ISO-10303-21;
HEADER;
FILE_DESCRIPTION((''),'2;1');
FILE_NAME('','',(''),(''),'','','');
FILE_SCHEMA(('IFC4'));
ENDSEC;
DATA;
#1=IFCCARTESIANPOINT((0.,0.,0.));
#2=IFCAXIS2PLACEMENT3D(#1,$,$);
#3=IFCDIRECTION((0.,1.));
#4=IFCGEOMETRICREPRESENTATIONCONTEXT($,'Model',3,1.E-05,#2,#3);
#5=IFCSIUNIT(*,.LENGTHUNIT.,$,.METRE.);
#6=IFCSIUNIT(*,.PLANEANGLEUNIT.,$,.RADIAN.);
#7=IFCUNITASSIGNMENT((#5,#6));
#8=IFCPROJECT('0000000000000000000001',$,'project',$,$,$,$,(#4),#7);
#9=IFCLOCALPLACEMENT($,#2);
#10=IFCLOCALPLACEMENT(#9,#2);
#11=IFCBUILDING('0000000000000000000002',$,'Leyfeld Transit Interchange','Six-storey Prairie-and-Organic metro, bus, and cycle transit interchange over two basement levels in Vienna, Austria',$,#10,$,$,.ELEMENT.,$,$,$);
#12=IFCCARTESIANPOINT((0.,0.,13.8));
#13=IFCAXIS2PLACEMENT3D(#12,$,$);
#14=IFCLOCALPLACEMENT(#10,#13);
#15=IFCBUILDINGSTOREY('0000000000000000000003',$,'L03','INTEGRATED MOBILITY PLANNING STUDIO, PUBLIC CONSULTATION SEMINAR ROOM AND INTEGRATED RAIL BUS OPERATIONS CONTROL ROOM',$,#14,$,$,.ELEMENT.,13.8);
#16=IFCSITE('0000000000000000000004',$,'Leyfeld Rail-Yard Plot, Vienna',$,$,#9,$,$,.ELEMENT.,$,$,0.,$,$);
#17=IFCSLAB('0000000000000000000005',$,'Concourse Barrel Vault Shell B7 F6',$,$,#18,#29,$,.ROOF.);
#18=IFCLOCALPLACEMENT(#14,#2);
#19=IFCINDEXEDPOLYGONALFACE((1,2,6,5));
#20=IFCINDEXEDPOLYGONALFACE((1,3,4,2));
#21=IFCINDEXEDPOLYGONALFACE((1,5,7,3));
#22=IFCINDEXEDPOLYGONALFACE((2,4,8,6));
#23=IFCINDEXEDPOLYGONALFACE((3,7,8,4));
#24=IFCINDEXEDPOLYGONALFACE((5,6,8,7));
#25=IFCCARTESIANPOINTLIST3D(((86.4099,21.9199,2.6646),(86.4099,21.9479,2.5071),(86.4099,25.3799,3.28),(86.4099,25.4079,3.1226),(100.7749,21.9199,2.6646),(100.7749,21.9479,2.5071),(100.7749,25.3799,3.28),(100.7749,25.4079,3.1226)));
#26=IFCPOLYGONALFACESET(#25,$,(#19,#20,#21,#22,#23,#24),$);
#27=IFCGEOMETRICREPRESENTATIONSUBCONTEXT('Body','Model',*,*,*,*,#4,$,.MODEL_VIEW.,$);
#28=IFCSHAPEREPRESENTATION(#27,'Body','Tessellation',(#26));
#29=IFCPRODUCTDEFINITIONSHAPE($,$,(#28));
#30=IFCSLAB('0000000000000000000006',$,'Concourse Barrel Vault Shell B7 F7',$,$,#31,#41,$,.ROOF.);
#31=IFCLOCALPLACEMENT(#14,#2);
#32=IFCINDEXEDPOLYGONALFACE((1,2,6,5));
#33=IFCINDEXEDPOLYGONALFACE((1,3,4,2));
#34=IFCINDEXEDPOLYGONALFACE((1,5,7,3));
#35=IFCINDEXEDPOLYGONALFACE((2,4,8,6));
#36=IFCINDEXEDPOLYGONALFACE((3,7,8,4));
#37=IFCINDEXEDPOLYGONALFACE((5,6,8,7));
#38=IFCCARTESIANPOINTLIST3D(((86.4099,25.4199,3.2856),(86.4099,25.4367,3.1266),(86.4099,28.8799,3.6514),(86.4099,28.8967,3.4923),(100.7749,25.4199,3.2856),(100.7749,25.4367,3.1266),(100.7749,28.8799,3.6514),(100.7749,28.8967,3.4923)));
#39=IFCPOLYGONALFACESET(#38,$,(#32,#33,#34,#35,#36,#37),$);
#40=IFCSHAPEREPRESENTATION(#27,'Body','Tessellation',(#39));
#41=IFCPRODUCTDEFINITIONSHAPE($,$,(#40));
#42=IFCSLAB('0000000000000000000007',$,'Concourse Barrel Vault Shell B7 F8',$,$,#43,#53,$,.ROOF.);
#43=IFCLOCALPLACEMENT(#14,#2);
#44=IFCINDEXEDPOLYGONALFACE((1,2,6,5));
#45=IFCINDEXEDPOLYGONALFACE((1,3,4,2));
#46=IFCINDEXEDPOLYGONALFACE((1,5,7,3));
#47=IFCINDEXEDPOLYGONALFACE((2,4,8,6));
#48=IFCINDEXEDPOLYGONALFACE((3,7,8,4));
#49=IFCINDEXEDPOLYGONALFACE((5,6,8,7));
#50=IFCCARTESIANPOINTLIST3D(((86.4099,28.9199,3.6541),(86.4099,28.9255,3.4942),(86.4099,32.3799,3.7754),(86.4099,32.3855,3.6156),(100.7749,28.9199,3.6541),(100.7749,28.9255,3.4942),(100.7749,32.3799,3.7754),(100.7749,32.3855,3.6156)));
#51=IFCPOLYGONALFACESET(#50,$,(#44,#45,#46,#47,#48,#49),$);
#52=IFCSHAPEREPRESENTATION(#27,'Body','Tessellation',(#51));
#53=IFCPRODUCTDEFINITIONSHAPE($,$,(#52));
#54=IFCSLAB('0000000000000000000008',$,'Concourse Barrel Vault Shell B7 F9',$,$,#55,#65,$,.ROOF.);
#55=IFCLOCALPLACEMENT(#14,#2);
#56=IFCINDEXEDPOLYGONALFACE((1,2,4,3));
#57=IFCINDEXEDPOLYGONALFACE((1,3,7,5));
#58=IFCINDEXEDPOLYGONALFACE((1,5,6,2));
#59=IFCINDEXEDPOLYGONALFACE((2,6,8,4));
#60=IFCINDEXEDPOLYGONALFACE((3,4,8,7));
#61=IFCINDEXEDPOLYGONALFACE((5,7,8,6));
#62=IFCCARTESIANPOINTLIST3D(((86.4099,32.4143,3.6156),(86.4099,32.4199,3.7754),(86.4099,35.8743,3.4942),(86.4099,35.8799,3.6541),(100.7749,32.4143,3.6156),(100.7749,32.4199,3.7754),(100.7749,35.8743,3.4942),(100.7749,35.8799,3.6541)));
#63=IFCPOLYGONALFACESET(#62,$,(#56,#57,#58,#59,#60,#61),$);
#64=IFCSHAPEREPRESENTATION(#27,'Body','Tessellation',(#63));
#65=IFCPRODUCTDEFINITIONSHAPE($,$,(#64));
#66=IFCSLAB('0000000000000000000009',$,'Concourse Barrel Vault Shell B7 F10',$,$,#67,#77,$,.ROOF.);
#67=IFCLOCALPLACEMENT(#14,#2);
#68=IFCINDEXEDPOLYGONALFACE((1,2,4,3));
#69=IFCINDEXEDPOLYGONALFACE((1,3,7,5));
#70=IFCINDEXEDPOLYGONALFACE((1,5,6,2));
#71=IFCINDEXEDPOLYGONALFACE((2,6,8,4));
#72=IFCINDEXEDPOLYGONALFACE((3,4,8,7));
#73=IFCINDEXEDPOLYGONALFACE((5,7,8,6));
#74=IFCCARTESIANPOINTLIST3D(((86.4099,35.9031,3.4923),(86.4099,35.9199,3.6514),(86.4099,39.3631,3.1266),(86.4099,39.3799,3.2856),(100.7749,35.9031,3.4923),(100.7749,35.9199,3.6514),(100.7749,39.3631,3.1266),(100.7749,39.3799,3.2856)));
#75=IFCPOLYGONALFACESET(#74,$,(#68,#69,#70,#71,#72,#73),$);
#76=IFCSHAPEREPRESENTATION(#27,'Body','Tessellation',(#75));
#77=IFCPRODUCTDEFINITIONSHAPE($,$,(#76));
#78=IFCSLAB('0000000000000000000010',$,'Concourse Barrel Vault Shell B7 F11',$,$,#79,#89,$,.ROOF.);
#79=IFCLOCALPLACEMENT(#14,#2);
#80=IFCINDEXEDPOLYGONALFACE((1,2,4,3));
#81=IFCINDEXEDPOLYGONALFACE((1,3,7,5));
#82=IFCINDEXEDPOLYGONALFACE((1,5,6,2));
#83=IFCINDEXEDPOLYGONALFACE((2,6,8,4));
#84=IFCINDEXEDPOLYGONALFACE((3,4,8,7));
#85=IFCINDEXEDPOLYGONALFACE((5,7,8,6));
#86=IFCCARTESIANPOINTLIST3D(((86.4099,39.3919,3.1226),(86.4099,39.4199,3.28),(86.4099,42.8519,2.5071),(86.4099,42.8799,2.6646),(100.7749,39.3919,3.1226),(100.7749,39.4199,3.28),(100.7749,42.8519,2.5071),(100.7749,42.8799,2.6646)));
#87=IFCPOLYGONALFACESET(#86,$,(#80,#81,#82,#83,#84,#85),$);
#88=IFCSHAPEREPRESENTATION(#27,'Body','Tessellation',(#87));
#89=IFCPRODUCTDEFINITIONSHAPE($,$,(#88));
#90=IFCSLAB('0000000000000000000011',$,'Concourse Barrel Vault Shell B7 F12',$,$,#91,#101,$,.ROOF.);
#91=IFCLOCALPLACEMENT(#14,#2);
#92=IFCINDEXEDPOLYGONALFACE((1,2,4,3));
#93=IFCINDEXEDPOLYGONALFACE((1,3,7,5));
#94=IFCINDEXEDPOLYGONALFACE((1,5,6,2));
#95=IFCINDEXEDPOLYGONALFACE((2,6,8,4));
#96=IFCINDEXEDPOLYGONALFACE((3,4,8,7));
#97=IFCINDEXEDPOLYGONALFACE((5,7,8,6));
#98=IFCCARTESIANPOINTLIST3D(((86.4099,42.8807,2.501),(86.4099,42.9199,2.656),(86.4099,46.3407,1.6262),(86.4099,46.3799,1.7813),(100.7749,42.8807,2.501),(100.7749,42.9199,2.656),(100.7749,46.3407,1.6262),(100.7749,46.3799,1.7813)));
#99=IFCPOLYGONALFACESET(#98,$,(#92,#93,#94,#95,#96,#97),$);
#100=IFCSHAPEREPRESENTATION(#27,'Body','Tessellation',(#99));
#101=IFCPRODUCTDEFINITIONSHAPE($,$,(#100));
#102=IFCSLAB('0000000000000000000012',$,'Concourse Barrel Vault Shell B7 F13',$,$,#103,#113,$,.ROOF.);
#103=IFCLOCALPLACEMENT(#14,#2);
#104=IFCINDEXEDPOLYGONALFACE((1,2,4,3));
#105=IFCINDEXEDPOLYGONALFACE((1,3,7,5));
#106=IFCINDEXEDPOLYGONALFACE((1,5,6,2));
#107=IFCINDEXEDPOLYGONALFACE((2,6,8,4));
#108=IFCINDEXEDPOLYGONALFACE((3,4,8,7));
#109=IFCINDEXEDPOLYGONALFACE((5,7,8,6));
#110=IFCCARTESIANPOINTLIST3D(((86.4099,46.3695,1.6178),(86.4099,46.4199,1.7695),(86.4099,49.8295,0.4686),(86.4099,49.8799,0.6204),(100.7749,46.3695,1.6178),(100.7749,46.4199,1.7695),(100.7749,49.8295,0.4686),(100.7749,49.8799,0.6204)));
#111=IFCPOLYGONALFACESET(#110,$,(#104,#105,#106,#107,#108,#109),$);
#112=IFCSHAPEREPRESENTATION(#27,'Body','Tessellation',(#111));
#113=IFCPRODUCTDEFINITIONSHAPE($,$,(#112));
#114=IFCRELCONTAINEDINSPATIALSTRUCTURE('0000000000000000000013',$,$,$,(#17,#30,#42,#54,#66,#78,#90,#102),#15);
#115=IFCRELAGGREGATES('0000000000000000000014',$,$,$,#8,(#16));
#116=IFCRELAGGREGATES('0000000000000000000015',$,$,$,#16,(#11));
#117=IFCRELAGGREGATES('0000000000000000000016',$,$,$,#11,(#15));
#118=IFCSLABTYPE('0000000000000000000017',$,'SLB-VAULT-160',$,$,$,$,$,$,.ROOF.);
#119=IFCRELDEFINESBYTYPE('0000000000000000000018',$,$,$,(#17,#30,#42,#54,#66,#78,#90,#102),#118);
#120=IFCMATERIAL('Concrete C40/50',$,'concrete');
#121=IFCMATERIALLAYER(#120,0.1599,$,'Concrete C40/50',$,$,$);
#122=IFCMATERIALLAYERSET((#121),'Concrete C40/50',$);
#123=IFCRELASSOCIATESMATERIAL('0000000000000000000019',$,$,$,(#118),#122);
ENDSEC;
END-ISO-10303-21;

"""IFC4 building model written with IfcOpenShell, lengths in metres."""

from ifc_helpers import new_model, si_unit, direction, frame, origin, place, context, subcontext, project, spatial, polyline, outline, extrude, material, layer, layer_set, type_object, element, save


model = new_model("IFC4")

# Units and contexts
model_context = context("Model", 3, precision=1e-05, world=origin(), true_north=direction((0.0, 1.0)))
body_context = subcontext(model_context, "Body", "Model", "MODEL_VIEW")
ifc_project = project(units=[si_unit("LENGTHUNIT", "METRE"), si_unit("PLANEANGLEUNIT", "RADIAN")], contexts=[model_context])

# Site, building, storey
site_placement = place(None, origin())
site = spatial("IfcSite", under=ifc_project, at=site_placement, Name="Leyfeld Rail-Yard Plot, Vienna", CompositionType="ELEMENT", RefElevation=0.0)
building_placement = place(site_placement, origin())
building = spatial("IfcBuilding", under=site, at=building_placement, Name="Leyfeld Transit Interchange", Description="Six-storey Prairie-and-Organic metro, bus, and cycle transit interchange over two basement levels in Vienna, Austria", CompositionType="ELEMENT")
storey_placement = place(building_placement, frame((0.0, 0.0, 13.8)))
storey = spatial("IfcBuildingStorey", under=building, at=storey_placement, Name="L03", Description="INTEGRATED MOBILITY PLANNING STUDIO, PUBLIC CONSULTATION SEMINAR ROOM AND INTEGRATED RAIL BUS OPERATIONS CONTROL ROOM", CompositionType="ELEMENT", Elevation=13.8)

# Slabs
ifc_material_1 = material(Name="Concrete C40/50", Category="concrete")
ifc_layer_1 = layer(ifc_material_1, 0.1599, Name="Concrete C40/50")
ifc_layer_set_1 = layer_set([ifc_layer_1], Name="Concrete C40/50")
slab_type = type_object("IfcSlabType", Name="SLB-VAULT-160", PredefinedType="ROOF", material=ifc_layer_set_1)
slab_1_placement = place(storey_placement, frame((86.4099, 21.9199, 2.6646), z_axis=(0.0, -0.175137, 0.984544), x_axis=(1.0, 0.0, 0.0)))
element("IfcSlab", 1, at=slab_1_placement, inside=storey, type_object=slab_type, Name="Concourse Barrel Vault Shell B7 F6", PredefinedType="ROOF", context=body_context, shape_type="SweptSolid", body=[
    extrude(outline(polyline([(0.0, 0.0), (14.365, 0.0), (14.365, 3.5143), (0.0, 3.5143), (0.0, 0.0)])), origin(), (0.0, 0.0, -1.0), 0.1599),
])
slab_2_placement = place(storey_placement, frame((86.4099, 25.4199, 3.2856), z_axis=(0.0, -0.105116, 0.99446), x_axis=(1.0, 0.0, 0.0)))
element("IfcSlab", 2, at=slab_2_placement, inside=storey, type_object=slab_type, Name="Concourse Barrel Vault Shell B7 F7", PredefinedType="ROOF", context=body_context, shape_type="SweptSolid", body=[
    extrude(outline(polyline([(0.0, 0.0), (14.365, 0.0), (14.365, 3.4792), (0.0, 3.4792), (0.0, 0.0)])), origin(), (0.0, 0.0, -1.0), 0.1599),
])
for number, where, z_axis, x_axis, name in (
    (3, (86.4099, 28.9199, 3.6541), (0.0, -0.035048, 0.999386), (1.0, 0.0, 0.0), "Concourse Barrel Vault Shell B7 F8"),
    (4, (86.4099, 32.4199, 3.7754), (0.0, 0.035048, 0.999386), (1.0, 0.0, 0.0), "Concourse Barrel Vault Shell B7 F9"),
):
    element("IfcSlab", number, at=place(storey_placement, frame(where, z_axis=z_axis, x_axis=x_axis)), inside=storey, type_object=slab_type, Name=name, PredefinedType="ROOF", context=body_context, shape_type="SweptSolid", body=[
        extrude(outline(polyline([(0.0, 0.0), (14.365, 0.0), (14.365, 3.4621), (0.0, 3.4621), (0.0, 0.0)])), origin(), (0.0, 0.0, -1.0), 0.1599),
    ])
slab_3_placement = place(storey_placement, frame((86.4099, 35.9199, 3.6514), z_axis=(0.0, 0.105116, 0.99446), x_axis=(1.0, 0.0, 0.0)))
element("IfcSlab", 5, at=slab_3_placement, inside=storey, type_object=slab_type, Name="Concourse Barrel Vault Shell B7 F10", PredefinedType="ROOF", context=body_context, shape_type="SweptSolid", body=[
    extrude(outline(polyline([(0.0, 0.0), (14.365, 0.0), (14.365, 3.4792), (0.0, 3.4792), (0.0, 0.0)])), origin(), (0.0, 0.0, -1.0), 0.1599),
])
slab_4_placement = place(storey_placement, frame((86.4099, 39.4199, 3.28), z_axis=(0.0, 0.175137, 0.984544), x_axis=(1.0, 0.0, 0.0)))
element("IfcSlab", 6, at=slab_4_placement, inside=storey, type_object=slab_type, Name="Concourse Barrel Vault Shell B7 F11", PredefinedType="ROOF", context=body_context, shape_type="SweptSolid", body=[
    extrude(outline(polyline([(0.0, 0.0), (14.365, 0.0), (14.365, 3.5143), (0.0, 3.5143), (0.0, 0.0)])), origin(), (0.0, 0.0, -1.0), 0.1599),
])
slab_5_placement = place(storey_placement, frame((86.4099, 42.9199, 2.656), z_axis=(0.0, 0.24511, 0.969495), x_axis=(1.0, 0.0, 0.0)))
element("IfcSlab", 7, at=slab_5_placement, inside=storey, type_object=slab_type, Name="Concourse Barrel Vault Shell B7 F12", PredefinedType="ROOF", context=body_context, shape_type="SweptSolid", body=[
    extrude(outline(polyline([(0.0, 0.0), (14.365, 0.0), (14.365, 3.5688), (0.0, 3.5688), (0.0, 0.0)])), origin(), (0.0, 0.0, -1.0), 0.1599),
])
slab_6_placement = place(storey_placement, frame((86.4099, 46.4199, 1.7695), z_axis=(0.0, 0.315203, 0.949024), x_axis=(1.0, 0.0, 0.0)))
element("IfcSlab", 8, at=slab_6_placement, inside=storey, type_object=slab_type, Name="Concourse Barrel Vault Shell B7 F13", PredefinedType="ROOF", context=body_context, shape_type="SweptSolid", body=[
    extrude(outline(polyline([(0.0, 0.0), (14.365, 0.0), (14.365, 3.6458), (0.0, 3.6458), (0.0, 0.0)])), origin(), (0.0, 0.0, -1.0), 0.1599),
])

save(model, "model.ifc")
